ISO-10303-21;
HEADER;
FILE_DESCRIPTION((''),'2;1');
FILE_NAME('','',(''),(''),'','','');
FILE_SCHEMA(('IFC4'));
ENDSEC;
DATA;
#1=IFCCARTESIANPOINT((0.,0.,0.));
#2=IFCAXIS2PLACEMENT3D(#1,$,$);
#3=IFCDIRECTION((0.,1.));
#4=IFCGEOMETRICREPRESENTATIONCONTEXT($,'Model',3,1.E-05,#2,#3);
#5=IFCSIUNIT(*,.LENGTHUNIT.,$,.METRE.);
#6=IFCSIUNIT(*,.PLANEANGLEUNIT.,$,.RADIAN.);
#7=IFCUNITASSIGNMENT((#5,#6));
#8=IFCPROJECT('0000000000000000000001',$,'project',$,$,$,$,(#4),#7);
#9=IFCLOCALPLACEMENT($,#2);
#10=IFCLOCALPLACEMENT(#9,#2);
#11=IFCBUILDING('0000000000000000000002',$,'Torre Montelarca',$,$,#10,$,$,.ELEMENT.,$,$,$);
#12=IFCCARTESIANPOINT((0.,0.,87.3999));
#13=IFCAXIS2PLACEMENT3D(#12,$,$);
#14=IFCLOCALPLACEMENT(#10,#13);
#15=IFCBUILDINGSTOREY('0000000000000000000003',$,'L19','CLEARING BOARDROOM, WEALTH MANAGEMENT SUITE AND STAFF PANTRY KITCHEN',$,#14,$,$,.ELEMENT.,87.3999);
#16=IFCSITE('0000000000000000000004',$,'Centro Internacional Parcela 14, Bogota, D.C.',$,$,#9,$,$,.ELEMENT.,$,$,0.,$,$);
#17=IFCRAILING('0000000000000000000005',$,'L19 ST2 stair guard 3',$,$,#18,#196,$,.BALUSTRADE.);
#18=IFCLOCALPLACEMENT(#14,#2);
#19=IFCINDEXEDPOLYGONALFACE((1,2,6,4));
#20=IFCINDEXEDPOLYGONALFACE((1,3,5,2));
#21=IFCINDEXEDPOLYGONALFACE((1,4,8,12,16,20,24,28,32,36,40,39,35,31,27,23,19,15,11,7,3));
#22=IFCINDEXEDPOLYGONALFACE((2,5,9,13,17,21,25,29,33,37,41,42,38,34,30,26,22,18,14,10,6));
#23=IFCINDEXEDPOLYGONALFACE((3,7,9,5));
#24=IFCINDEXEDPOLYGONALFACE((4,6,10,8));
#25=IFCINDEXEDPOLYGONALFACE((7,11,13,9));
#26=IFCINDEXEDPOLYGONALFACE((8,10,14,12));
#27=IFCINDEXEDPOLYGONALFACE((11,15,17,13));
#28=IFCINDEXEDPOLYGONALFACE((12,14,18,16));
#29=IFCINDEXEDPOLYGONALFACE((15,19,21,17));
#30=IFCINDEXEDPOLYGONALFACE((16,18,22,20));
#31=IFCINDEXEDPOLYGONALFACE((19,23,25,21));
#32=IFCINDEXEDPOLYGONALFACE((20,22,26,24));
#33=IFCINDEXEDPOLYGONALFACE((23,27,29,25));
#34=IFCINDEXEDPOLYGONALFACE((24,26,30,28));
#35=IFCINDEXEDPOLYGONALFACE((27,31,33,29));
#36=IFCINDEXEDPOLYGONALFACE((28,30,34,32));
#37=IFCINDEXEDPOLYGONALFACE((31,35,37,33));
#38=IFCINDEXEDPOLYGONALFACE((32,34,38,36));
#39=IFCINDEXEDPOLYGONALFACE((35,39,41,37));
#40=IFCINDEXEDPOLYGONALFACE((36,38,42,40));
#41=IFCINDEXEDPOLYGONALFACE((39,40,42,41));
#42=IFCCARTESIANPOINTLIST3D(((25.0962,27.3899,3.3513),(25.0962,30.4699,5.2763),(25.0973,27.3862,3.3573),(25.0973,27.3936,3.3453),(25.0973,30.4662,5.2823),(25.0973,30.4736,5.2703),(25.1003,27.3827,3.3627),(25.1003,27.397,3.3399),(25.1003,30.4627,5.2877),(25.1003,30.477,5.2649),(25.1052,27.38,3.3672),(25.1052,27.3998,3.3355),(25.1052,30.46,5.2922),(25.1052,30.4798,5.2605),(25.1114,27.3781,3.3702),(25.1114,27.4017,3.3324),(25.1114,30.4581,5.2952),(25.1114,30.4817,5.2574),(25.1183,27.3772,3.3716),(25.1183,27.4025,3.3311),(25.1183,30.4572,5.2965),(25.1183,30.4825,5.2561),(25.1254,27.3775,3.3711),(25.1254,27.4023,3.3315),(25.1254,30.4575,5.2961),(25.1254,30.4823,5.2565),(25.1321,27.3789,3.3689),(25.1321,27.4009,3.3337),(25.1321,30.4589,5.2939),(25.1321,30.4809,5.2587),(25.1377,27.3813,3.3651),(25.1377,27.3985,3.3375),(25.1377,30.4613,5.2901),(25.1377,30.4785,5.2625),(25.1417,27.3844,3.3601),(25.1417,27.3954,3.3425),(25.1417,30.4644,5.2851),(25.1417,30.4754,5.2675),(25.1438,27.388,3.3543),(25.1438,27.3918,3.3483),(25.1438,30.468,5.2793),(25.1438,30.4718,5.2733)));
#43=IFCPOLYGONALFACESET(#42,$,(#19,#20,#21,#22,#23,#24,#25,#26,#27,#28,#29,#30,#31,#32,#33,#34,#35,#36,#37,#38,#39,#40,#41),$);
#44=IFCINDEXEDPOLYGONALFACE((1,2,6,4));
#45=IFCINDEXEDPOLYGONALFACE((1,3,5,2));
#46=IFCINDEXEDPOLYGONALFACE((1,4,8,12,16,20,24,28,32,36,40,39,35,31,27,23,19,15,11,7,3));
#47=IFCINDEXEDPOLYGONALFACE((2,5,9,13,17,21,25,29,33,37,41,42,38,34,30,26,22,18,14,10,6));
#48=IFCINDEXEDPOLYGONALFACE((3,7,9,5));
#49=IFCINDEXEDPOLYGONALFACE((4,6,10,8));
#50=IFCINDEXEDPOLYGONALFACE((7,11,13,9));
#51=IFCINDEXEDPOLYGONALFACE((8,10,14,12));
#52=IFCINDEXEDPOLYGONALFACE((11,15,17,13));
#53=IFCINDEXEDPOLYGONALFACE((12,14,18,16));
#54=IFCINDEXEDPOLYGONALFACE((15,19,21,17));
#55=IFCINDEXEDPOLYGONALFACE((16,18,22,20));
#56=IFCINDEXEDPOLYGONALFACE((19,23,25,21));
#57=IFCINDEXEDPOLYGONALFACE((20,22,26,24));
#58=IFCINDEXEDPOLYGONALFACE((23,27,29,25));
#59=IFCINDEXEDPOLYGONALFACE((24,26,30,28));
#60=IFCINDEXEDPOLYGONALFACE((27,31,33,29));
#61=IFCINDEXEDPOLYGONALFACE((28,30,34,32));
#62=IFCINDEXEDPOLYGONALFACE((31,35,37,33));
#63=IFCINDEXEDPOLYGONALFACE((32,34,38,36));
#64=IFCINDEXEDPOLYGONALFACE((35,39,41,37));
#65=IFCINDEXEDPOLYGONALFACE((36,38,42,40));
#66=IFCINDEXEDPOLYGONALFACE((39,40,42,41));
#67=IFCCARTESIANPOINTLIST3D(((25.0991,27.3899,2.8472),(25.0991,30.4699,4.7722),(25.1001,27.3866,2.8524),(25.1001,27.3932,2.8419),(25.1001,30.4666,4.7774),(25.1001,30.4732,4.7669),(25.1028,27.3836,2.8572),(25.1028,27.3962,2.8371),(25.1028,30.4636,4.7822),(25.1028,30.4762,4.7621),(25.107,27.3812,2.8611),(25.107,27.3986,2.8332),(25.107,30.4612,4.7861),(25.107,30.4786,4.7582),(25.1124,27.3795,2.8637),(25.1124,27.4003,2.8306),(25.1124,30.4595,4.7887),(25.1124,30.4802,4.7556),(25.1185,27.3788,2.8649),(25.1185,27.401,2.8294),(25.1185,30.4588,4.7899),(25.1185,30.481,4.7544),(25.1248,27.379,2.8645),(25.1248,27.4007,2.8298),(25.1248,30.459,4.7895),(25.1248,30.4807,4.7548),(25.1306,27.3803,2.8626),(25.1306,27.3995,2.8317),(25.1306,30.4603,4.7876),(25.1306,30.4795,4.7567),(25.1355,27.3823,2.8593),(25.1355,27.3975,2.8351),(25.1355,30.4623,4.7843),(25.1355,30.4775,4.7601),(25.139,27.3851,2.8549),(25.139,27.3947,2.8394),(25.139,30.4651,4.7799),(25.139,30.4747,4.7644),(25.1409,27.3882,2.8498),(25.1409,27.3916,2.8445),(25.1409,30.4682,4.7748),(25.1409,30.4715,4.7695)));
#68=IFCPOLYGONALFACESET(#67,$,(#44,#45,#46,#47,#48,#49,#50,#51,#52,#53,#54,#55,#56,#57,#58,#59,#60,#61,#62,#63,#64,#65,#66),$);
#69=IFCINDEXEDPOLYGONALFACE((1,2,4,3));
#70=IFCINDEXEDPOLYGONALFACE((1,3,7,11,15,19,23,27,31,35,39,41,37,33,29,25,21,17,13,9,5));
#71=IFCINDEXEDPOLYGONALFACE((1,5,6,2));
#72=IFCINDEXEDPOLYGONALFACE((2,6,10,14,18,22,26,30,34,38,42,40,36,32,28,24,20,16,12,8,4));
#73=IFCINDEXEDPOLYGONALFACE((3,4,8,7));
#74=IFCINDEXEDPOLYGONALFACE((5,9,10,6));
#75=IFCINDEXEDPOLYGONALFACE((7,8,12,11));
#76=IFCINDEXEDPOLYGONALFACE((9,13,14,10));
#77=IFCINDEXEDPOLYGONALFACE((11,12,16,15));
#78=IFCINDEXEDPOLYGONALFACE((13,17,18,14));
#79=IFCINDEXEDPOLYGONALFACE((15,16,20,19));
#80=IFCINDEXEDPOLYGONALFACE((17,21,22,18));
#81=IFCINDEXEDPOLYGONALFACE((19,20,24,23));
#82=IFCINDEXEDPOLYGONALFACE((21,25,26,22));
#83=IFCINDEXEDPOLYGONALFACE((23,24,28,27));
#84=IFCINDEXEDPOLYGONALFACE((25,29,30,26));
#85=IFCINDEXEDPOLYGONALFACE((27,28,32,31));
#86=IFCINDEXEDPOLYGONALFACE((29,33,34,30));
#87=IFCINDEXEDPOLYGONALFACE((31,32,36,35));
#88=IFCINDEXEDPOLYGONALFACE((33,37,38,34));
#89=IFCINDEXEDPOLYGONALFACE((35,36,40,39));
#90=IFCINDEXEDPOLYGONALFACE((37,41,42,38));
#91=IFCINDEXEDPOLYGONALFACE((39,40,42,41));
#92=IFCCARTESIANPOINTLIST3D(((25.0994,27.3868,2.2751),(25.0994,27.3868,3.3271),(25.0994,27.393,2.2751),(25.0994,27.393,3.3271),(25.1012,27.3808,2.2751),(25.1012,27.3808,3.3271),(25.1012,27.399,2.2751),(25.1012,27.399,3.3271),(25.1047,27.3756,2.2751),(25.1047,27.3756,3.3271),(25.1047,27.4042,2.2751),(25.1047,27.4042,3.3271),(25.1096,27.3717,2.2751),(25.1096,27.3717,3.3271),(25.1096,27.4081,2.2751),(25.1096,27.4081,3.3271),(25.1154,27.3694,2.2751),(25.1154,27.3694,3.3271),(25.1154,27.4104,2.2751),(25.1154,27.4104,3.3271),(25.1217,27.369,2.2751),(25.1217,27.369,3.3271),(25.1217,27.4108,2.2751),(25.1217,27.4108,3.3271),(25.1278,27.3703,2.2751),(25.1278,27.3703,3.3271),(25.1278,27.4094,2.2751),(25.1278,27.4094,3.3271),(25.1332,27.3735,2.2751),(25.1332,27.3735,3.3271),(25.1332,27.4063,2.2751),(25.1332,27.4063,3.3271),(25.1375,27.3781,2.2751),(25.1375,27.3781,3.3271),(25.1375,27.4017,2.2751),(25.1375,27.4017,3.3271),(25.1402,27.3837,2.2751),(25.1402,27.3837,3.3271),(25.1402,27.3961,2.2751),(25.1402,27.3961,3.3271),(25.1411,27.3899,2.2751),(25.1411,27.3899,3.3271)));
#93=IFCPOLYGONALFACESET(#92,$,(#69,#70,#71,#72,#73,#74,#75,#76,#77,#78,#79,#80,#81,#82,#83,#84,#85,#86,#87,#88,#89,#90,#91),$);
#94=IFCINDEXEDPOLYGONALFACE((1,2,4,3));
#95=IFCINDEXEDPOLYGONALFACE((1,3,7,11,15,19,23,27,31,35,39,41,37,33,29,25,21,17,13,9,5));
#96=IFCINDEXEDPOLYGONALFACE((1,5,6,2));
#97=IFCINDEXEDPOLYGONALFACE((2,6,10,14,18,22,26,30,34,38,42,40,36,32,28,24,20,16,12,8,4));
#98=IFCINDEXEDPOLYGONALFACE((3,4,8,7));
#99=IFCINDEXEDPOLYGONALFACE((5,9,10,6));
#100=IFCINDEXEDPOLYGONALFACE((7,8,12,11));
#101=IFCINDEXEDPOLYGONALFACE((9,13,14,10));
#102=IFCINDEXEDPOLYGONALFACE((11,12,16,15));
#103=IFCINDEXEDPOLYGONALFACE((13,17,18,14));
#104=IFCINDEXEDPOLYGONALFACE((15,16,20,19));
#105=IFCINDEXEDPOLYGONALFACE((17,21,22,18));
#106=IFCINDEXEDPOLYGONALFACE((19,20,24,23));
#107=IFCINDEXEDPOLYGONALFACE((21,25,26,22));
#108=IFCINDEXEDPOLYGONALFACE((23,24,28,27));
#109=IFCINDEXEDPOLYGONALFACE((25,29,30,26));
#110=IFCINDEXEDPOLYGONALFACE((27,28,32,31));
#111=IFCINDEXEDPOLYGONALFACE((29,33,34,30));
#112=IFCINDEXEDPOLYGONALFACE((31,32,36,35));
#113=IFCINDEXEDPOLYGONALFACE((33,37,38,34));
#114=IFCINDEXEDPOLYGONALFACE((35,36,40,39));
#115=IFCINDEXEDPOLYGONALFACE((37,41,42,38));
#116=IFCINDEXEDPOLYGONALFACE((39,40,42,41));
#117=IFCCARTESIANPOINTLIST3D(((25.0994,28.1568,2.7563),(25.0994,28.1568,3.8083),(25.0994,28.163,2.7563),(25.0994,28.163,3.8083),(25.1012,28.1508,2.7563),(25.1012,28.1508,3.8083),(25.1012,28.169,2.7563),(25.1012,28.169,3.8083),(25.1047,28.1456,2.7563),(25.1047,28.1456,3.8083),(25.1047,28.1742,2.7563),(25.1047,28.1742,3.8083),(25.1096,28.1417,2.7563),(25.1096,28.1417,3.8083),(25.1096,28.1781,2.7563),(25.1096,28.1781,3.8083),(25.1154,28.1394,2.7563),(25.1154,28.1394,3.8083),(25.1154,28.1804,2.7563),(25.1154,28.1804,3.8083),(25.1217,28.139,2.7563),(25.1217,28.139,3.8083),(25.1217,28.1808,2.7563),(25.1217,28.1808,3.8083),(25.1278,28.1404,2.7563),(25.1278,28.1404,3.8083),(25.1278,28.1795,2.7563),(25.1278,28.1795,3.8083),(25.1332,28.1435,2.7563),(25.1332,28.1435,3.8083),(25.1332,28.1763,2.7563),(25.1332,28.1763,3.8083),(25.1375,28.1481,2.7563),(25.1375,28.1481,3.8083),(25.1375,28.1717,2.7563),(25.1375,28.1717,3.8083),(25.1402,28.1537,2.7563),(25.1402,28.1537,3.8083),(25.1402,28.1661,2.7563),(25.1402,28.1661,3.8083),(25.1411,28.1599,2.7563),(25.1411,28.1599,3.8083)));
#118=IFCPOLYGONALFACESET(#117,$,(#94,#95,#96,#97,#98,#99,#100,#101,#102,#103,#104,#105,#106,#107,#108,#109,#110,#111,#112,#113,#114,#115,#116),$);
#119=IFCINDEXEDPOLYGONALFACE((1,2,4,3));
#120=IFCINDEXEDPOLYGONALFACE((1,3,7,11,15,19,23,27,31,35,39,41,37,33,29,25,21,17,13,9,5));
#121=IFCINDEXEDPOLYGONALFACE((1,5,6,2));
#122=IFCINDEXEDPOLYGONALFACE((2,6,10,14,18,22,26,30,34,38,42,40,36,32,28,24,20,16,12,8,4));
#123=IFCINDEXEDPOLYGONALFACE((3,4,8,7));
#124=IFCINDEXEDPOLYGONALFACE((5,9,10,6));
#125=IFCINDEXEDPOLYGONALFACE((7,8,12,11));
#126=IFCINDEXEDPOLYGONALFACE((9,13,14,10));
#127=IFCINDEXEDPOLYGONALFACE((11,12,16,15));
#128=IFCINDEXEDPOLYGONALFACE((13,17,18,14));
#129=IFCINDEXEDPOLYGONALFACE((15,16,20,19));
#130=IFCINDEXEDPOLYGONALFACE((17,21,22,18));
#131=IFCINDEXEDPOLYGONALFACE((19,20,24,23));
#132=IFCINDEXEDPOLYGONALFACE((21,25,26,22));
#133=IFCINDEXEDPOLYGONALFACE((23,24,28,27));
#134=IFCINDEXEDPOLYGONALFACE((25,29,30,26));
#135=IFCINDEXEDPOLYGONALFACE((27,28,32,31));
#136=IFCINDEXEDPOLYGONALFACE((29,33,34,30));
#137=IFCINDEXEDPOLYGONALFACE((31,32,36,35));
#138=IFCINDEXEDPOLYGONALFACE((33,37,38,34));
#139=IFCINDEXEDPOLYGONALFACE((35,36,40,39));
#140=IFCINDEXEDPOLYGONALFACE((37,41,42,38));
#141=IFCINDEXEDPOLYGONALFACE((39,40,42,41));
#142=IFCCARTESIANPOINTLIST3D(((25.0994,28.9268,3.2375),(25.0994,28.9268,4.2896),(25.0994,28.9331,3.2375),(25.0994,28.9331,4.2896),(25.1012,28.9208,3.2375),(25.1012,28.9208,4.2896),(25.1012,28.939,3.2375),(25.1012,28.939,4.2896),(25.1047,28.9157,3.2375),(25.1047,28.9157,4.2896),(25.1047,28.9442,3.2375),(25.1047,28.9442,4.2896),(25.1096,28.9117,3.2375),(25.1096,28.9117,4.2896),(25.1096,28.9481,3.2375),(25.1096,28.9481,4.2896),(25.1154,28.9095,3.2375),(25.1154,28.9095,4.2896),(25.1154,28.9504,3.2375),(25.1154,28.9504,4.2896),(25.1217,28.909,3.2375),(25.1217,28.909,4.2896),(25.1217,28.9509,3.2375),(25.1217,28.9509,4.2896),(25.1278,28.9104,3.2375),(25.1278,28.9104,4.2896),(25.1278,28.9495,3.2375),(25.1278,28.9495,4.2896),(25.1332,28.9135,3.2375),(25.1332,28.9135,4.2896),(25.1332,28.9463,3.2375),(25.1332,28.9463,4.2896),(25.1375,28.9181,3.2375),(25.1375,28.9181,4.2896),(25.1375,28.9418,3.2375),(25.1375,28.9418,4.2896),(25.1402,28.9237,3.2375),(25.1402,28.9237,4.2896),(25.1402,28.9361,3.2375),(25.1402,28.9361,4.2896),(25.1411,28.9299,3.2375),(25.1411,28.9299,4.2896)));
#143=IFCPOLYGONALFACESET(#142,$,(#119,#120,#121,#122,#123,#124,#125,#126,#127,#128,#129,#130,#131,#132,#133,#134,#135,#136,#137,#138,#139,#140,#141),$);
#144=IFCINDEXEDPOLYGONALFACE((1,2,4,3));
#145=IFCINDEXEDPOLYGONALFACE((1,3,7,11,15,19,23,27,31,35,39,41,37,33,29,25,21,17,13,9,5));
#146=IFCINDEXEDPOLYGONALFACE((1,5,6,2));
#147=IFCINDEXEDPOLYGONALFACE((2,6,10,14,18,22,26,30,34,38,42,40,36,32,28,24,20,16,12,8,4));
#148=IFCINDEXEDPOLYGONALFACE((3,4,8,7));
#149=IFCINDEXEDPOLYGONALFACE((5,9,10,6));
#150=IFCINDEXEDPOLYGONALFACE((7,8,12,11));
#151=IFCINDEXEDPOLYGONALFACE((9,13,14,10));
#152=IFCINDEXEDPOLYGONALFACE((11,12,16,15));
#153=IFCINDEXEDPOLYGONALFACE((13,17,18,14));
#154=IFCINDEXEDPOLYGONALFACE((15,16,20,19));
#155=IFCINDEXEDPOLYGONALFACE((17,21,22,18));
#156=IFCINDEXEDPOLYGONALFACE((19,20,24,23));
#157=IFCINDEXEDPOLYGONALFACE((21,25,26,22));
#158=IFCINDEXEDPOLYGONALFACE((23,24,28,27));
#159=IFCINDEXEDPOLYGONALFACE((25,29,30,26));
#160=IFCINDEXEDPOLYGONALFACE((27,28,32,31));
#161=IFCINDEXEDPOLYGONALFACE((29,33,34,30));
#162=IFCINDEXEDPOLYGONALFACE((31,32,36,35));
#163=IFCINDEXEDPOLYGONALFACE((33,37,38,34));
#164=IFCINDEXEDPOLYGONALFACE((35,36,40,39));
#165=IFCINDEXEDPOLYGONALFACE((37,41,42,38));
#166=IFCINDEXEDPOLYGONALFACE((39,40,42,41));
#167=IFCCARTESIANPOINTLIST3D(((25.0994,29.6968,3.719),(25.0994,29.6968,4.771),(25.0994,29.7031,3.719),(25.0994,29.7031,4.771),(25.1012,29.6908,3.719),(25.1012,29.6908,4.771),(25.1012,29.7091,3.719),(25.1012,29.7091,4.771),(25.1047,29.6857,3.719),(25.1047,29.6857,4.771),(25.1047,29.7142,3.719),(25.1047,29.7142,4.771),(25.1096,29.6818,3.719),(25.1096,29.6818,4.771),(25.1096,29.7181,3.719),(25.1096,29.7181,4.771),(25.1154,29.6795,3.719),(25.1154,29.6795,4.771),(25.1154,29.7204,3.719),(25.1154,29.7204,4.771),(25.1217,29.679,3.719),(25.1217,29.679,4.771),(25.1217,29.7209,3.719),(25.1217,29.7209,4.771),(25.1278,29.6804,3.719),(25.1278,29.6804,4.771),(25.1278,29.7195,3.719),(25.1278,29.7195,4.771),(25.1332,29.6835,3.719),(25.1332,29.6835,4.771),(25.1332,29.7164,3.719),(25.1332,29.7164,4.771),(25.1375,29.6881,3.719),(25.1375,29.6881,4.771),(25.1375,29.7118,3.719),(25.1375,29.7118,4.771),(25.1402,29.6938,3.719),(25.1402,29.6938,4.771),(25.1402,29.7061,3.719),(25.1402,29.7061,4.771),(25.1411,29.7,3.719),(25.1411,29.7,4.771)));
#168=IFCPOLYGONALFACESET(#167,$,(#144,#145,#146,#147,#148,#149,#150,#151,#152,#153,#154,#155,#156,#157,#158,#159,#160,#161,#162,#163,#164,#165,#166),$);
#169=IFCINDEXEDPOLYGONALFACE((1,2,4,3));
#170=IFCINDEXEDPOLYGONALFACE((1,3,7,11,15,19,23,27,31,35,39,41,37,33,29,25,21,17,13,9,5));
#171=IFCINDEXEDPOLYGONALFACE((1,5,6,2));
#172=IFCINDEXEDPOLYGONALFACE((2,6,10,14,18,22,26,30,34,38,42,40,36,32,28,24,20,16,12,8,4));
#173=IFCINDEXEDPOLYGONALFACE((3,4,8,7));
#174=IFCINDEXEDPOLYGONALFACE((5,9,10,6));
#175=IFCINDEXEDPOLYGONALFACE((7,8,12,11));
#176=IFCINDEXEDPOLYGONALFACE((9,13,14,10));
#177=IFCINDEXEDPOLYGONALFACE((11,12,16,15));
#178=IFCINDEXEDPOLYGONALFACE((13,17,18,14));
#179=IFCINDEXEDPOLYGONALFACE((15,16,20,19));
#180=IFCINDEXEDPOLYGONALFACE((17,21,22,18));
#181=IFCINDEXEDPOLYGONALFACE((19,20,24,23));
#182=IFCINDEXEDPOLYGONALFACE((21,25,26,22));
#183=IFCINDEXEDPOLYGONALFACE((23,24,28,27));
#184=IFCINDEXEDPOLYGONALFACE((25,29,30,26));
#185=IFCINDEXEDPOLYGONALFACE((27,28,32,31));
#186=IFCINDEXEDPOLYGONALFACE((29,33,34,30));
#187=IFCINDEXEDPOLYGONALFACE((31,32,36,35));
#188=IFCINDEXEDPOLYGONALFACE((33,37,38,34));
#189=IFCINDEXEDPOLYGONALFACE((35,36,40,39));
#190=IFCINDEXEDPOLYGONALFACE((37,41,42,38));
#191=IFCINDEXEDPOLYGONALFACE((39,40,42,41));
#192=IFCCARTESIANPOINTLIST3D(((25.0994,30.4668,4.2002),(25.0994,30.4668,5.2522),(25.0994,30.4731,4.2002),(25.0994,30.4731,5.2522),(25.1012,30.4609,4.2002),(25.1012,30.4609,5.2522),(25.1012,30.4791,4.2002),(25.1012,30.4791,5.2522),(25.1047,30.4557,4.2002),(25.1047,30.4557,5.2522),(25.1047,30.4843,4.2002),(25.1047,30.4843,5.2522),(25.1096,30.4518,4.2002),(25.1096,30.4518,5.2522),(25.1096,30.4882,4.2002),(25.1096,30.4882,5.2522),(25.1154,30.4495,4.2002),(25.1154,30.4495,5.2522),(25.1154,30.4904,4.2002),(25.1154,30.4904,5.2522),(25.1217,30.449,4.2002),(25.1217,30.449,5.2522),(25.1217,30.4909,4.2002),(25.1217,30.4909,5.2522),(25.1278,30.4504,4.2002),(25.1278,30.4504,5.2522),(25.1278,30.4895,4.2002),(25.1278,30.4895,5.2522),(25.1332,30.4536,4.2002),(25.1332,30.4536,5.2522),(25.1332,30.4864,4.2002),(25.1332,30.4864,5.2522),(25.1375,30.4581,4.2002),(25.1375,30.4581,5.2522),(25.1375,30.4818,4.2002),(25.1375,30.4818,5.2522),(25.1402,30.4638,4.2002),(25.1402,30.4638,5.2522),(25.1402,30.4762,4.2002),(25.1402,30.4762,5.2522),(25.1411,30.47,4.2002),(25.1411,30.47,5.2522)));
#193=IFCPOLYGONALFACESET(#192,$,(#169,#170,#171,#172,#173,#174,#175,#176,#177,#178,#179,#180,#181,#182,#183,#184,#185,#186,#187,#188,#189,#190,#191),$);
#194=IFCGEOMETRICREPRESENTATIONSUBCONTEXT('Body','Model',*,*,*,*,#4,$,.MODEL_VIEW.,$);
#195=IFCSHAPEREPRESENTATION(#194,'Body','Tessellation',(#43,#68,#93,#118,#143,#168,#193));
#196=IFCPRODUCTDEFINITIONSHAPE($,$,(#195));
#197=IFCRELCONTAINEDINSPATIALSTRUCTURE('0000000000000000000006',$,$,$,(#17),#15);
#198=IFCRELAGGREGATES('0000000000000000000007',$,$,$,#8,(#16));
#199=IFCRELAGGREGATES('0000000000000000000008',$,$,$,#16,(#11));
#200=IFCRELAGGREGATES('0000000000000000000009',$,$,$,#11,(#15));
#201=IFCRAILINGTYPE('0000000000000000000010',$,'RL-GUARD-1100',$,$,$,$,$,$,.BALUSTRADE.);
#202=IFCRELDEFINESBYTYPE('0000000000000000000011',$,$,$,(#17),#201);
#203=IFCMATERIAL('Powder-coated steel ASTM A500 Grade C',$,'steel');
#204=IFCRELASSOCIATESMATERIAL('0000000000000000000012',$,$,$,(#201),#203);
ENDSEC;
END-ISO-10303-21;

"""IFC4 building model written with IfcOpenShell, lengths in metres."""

from ifc_helpers import new_model, si_unit, direction, frame, origin, origin_2d, place, context, subcontext, project, spatial, circle, extrude, material, type_object, element, save


model = new_model("IFC4")

# Units and contexts
model_context = context("Model", 3, precision=1e-05, world=origin(), true_north=direction((0.0, 1.0)))
body_context = subcontext(model_context, "Body", "Model", "MODEL_VIEW")
ifc_project = project(units=[si_unit("LENGTHUNIT", "METRE"), si_unit("PLANEANGLEUNIT", "RADIAN")], contexts=[model_context])

# Site, building, storey
site_placement = place(None, origin())
site = spatial("IfcSite", under=ifc_project, at=site_placement, Name="Centro Internacional Parcela 14, Bogota, D.C.", CompositionType="ELEMENT", RefElevation=0.0)
building_placement = place(site_placement, origin())
building = spatial("IfcBuilding", under=site, at=building_placement, Name="Torre Montelarca", CompositionType="ELEMENT")
storey_placement = place(building_placement, frame((0.0, 0.0, 87.3999)))
storey = spatial("IfcBuildingStorey", under=building, at=storey_placement, Name="L19", Description="CLEARING BOARDROOM, WEALTH MANAGEMENT SUITE AND STAFF PANTRY KITCHEN", CompositionType="ELEMENT", Elevation=87.3999)

# Railing
ifc_material_1 = material(Name="Powder-coated steel ASTM A500 Grade C", Category="steel")
railing_type_1 = type_object("IfcRailingType", Name="RL-GUARD-1100", PredefinedType="BALUSTRADE", material=ifc_material_1)
railing_1_placement = place(storey_placement, frame((25.1201, 27.3899, 2.2751)))
element("IfcRailing", 1, at=railing_1_placement, inside=storey, type_object=railing_type_1, Name="L19 ST2 stair guard 3", PredefinedType="BALUSTRADE", context=body_context, shape_type="SweptSolid", body=[
    extrude(circle(Radius=0.0239, at=origin_2d()), frame((0.0, 0.0, 1.0762), z_axis=(0.0, 0.847998, 0.529999), x_axis=(-1.0, 0.0, 0.0)), (0.0, 0.0, 1.0), 3.6321),
    extrude(circle(Radius=0.021, at=origin_2d()), frame((0.0, 0.0, 0.572), z_axis=(0.0, 0.847998, 0.529999), x_axis=(-1.0, 0.0, 0.0)), (0.0, 0.0, 1.0), 3.6321),
    extrude(circle(Radius=0.021, at=origin_2d()), origin(), (0.0, 0.0, 1.0), 1.052),
    extrude(circle(Radius=0.021, at=origin_2d()), frame((0.0, 0.77, 0.4812)), (0.0, 0.0, 1.0), 1.052),
    extrude(circle(Radius=0.021, at=origin_2d()), frame((0.0, 1.54, 0.9624)), (0.0, 0.0, 1.0), 1.052),
    extrude(circle(Radius=0.021, at=origin_2d()), frame((0.0, 2.3101, 1.4438)), (0.0, 0.0, 1.0), 1.052),
    extrude(circle(Radius=0.021, at=origin_2d()), frame((0.0, 3.0801, 1.925)), (0.0, 0.0, 1.0), 1.052),
])

save(model, "model.ifc")
